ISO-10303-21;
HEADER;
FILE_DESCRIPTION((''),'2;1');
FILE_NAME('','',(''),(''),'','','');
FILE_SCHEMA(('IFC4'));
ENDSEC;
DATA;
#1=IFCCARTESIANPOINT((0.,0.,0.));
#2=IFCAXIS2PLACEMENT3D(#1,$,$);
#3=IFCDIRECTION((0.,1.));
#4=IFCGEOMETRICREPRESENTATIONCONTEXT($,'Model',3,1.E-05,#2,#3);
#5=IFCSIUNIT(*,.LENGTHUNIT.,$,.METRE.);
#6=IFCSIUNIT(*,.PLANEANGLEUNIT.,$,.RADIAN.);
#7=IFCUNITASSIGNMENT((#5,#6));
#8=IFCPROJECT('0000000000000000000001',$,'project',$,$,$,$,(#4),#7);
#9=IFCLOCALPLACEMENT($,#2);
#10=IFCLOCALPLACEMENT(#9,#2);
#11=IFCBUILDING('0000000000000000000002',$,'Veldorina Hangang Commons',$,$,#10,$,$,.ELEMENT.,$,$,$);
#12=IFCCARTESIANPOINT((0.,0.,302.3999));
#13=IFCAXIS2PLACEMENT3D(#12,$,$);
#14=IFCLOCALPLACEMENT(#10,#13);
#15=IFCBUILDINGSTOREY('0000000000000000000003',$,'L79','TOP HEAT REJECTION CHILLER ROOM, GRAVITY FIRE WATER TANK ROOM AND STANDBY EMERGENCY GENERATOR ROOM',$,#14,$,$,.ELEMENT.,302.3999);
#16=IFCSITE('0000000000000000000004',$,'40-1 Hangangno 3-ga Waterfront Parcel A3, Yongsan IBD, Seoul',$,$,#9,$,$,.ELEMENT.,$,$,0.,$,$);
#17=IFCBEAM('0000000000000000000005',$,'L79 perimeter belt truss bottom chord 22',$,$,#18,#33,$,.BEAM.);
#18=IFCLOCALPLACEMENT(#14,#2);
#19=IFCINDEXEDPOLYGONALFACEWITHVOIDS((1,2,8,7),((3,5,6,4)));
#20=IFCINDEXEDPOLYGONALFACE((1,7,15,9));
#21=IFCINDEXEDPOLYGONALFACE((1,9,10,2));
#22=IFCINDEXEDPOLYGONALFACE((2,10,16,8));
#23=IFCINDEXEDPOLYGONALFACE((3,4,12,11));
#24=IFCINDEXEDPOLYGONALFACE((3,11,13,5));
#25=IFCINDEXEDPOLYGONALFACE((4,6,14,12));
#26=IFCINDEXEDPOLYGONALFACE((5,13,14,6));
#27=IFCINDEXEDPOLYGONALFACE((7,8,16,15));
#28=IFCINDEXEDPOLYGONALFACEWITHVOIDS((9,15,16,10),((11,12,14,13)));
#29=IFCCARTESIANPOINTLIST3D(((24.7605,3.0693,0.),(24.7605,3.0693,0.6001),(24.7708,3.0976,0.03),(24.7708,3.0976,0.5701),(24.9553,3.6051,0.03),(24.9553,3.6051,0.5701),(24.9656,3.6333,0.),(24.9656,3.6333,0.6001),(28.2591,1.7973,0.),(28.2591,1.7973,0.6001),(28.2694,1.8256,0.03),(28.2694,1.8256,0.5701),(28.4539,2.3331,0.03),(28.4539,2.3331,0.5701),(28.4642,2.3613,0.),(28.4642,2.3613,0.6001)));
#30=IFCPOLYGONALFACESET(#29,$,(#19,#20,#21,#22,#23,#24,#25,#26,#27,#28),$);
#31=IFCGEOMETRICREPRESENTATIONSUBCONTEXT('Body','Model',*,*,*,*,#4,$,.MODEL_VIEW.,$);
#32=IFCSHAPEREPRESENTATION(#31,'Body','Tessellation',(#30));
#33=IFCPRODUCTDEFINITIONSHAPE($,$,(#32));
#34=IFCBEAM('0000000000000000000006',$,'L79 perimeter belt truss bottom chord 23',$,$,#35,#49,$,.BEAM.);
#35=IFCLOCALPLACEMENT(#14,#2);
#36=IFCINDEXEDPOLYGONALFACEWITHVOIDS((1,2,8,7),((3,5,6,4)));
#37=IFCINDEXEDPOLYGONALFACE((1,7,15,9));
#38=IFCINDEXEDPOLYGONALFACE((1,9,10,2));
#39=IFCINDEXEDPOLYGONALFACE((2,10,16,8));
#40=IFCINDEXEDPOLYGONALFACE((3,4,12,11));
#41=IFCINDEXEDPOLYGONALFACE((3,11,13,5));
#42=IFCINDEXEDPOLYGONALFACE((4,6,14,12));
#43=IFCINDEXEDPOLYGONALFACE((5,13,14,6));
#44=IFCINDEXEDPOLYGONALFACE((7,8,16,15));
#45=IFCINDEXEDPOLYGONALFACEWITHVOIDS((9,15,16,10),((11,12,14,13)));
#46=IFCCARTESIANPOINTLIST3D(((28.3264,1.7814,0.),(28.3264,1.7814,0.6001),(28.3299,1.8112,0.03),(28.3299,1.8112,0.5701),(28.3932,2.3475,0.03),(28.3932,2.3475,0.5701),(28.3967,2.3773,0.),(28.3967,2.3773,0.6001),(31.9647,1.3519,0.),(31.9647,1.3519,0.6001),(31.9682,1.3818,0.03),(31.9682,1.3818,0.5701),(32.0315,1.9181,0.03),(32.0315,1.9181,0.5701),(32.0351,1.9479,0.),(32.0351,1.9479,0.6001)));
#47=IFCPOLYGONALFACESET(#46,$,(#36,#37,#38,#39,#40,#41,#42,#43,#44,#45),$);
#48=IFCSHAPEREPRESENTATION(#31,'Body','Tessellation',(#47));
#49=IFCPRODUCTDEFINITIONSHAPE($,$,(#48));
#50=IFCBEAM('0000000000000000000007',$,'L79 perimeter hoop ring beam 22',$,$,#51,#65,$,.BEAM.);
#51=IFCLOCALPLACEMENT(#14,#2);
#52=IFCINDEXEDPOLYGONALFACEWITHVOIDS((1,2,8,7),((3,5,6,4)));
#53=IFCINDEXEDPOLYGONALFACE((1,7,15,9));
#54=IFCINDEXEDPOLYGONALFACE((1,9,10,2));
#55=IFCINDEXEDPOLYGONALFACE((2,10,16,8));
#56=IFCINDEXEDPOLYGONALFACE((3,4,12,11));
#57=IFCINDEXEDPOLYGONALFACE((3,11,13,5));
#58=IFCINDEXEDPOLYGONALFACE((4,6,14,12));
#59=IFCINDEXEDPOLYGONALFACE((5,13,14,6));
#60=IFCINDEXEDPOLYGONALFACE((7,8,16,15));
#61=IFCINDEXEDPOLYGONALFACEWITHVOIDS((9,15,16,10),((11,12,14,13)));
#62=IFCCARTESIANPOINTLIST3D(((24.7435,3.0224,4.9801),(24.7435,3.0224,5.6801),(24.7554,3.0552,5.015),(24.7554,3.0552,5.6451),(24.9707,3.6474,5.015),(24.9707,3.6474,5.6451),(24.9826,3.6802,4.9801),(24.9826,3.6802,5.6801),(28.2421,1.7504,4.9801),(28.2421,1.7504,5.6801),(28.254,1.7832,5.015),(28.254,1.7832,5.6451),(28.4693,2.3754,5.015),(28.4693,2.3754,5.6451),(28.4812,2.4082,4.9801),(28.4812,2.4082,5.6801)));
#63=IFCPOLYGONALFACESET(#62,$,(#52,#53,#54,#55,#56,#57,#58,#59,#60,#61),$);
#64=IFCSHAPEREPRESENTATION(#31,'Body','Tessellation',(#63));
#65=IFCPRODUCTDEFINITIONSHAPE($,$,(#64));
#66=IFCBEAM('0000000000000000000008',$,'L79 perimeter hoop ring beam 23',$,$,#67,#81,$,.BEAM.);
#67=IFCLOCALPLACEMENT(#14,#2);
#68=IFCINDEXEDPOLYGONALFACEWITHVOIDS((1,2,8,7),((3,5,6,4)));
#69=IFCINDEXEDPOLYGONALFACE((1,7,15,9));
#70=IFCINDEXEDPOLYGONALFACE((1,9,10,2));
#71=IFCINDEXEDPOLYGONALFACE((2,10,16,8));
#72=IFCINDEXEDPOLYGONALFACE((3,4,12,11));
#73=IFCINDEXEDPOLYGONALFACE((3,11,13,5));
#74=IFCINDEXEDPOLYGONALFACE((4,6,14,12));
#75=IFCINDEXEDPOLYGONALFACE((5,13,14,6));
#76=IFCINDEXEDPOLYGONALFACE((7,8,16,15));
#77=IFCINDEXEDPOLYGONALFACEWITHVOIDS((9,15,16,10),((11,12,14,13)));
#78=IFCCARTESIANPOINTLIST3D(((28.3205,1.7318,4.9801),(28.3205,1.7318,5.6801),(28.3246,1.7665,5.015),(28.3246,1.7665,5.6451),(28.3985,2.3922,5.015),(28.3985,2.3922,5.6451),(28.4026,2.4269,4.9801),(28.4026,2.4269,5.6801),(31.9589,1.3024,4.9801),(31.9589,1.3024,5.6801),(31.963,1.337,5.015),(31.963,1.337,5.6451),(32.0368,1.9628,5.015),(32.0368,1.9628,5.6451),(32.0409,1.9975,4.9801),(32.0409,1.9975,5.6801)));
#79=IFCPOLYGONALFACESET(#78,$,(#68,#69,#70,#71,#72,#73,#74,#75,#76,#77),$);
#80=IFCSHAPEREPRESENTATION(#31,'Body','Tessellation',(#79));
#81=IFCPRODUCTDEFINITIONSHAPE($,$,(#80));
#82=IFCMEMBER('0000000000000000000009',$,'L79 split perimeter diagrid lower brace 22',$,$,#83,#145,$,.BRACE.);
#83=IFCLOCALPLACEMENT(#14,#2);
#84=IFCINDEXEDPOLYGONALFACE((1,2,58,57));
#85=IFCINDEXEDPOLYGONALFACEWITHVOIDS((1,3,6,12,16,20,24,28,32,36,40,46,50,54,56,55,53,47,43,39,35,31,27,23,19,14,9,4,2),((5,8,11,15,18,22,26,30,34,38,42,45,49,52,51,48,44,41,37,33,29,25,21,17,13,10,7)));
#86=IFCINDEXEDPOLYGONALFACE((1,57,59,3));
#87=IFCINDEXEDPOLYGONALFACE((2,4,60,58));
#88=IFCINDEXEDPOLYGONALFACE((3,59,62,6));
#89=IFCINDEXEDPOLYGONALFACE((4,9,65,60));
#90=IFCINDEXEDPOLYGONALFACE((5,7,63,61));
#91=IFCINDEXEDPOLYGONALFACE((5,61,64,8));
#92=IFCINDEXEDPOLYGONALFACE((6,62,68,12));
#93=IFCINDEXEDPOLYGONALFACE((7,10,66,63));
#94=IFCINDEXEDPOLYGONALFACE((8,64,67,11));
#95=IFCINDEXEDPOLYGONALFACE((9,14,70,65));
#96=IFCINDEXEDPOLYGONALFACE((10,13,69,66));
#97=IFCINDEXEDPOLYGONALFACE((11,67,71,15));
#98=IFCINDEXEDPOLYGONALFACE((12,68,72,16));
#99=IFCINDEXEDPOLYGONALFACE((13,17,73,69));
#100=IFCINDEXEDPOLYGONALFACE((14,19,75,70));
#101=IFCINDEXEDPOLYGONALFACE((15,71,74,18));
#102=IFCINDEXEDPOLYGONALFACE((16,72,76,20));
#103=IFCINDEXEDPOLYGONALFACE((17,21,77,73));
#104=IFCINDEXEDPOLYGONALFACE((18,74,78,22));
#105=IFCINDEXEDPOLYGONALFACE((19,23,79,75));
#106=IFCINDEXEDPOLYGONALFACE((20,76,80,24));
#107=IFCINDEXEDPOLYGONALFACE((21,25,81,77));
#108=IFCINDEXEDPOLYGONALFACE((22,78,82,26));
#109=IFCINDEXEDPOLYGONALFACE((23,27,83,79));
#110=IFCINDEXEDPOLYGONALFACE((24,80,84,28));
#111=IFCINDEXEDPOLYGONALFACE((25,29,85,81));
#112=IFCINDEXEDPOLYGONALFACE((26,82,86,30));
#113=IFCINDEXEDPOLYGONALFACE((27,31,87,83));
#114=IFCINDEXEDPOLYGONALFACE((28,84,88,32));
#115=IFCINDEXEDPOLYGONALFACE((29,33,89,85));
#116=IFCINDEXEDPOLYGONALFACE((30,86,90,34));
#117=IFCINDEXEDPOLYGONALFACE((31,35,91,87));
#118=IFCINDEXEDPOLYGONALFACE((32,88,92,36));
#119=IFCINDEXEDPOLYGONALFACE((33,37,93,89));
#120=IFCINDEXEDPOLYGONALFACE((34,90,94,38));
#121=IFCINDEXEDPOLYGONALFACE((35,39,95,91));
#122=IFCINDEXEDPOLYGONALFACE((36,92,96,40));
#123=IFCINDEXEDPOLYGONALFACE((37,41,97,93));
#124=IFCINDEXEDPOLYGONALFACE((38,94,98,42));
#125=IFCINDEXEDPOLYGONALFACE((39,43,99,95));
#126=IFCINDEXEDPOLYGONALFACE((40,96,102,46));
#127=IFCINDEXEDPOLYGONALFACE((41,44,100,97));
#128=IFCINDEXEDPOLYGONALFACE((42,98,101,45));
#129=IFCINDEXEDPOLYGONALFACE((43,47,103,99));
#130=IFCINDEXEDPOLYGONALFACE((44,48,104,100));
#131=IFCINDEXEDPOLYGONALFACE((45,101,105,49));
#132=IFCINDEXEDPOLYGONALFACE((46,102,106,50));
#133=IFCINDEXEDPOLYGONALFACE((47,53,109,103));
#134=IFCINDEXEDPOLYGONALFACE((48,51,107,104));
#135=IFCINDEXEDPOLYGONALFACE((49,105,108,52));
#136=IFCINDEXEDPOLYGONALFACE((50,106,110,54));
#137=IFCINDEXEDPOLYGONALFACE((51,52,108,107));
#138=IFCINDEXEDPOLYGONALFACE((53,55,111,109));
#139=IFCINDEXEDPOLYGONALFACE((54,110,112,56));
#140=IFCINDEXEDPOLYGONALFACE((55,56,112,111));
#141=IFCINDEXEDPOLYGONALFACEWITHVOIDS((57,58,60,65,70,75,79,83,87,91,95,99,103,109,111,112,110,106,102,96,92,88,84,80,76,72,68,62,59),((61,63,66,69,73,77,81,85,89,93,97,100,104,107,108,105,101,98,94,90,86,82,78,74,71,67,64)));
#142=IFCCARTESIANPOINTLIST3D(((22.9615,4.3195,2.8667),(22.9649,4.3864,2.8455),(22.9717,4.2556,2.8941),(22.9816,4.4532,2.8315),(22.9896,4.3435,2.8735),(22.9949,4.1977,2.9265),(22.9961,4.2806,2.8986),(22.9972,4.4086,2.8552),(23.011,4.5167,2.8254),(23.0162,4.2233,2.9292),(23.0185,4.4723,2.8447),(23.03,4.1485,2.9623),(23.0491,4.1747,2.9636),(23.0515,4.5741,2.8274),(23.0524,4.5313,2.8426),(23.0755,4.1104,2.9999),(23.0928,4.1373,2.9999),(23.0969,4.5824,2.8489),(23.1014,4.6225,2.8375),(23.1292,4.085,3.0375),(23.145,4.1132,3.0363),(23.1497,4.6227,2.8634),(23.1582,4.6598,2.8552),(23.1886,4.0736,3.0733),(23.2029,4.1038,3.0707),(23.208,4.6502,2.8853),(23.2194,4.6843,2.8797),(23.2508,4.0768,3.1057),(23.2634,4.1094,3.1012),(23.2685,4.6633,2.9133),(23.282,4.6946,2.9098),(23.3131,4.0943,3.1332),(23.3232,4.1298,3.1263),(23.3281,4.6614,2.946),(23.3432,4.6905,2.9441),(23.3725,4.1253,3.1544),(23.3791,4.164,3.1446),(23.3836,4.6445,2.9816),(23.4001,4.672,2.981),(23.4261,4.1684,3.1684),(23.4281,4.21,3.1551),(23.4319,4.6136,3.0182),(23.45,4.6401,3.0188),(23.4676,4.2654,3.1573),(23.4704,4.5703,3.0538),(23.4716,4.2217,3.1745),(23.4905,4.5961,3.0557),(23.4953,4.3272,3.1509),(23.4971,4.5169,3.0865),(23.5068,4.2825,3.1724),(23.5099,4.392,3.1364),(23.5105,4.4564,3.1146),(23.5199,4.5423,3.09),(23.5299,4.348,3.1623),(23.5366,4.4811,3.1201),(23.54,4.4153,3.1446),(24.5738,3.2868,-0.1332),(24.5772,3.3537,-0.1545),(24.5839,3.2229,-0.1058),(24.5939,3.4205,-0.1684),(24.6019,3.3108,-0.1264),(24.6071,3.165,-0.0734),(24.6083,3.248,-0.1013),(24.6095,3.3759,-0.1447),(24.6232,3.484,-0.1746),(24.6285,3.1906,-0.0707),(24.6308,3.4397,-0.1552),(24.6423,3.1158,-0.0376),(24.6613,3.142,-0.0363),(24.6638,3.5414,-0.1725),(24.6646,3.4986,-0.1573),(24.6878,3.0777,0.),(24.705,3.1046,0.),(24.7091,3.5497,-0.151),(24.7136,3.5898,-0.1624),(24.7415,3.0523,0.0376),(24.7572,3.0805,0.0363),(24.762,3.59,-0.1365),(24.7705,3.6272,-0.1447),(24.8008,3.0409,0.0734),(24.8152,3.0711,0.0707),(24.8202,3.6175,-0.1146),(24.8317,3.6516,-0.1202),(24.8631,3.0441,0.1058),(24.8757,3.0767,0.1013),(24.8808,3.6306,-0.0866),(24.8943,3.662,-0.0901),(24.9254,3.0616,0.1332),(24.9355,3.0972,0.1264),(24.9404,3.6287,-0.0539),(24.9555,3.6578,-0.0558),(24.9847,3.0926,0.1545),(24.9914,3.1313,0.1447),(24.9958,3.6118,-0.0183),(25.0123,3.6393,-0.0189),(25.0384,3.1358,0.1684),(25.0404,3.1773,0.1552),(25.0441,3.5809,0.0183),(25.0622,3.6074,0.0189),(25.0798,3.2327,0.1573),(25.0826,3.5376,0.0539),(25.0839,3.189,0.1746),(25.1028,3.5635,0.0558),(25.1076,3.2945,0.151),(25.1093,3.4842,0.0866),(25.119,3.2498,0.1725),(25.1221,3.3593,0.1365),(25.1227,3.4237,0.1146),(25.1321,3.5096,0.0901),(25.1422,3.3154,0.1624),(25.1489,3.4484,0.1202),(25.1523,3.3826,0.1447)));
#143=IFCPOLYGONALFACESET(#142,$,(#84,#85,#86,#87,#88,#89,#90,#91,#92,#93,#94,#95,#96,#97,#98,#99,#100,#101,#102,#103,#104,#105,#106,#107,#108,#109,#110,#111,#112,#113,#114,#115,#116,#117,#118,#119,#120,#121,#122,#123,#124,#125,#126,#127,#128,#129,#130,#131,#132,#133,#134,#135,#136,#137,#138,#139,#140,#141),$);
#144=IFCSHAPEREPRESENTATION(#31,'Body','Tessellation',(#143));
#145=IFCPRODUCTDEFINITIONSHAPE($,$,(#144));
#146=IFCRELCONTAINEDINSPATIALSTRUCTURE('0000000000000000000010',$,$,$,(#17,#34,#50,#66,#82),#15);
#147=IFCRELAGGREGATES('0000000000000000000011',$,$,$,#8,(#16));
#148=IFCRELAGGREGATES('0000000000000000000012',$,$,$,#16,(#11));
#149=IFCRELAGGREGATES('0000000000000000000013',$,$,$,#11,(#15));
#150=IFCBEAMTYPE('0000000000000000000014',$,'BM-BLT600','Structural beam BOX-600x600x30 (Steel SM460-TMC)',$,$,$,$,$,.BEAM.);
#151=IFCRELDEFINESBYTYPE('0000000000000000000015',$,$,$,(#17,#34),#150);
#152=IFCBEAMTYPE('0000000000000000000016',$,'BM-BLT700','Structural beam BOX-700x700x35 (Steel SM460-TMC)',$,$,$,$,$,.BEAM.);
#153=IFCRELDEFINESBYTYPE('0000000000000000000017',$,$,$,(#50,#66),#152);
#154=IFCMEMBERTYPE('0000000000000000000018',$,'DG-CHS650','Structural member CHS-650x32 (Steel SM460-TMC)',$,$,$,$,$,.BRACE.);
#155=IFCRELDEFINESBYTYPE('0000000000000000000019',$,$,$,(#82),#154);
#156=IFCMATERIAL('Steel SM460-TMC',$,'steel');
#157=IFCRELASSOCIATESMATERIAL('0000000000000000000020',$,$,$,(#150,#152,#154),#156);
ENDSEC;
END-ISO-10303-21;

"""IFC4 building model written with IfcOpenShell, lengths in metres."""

from ifc_helpers import new_model, si_unit, direction, frame, origin, origin_2d, place, context, subcontext, project, spatial, hollow_rectangle, hollow_circle, extrude, material, material_profile, profile_set, type_object, element, save


model = new_model("IFC4")

# Units and contexts
model_context = context("Model", 3, precision=1e-05, world=origin(), true_north=direction((0.0, 1.0)))
body_context = subcontext(model_context, "Body", "Model", "MODEL_VIEW")
ifc_project = project(units=[si_unit("LENGTHUNIT", "METRE"), si_unit("PLANEANGLEUNIT", "RADIAN")], contexts=[model_context])

# Site, building, storey
site_placement = place(None, origin())
site = spatial("IfcSite", under=ifc_project, at=site_placement, Name="40-1 Hangangno 3-ga Waterfront Parcel A3, Yongsan IBD, Seoul", CompositionType="ELEMENT", RefElevation=0.0)
building_placement = place(site_placement, origin())
building = spatial("IfcBuilding", under=site, at=building_placement, Name="Veldorina Hangang Commons", CompositionType="ELEMENT")
storey_placement = place(building_placement, frame((0.0, 0.0, 302.3999)))
storey = spatial("IfcBuildingStorey", under=building, at=storey_placement, Name="L79", Description="TOP HEAT REJECTION CHILLER ROOM, GRAVITY FIRE WATER TANK ROOM AND STANDBY EMERGENCY GENERATOR ROOM", CompositionType="ELEMENT", Elevation=302.3999)

# Beams
ifc_material_1 = material(Name="Steel SM460-TMC", Category="steel")
ifc_material_profile_1 = material_profile(ifc_material_1, hollow_rectangle(XDim=0.6001, YDim=0.6001, WallThickness=0.03, at=origin_2d()), Name="BOX-600x600x30")
ifc_profile_set_1 = profile_set([ifc_material_profile_1], Name="Steel SM460-TMC")
beam_type_1 = type_object("IfcBeamType", Name="BM-BLT600", Description="Structural beam BOX-600x600x30 (Steel SM460-TMC)", PredefinedType="BEAM", material=ifc_profile_set_1)
beam_1_placement = place(storey_placement, frame((24.863, 3.3513, 0.3), z_axis=(0.939813, -0.34169, 0.0), x_axis=(0.34169, 0.939813, 0.0)))
element("IfcBeam", 1, at=beam_1_placement, inside=storey, type_object=beam_type_1, Name="L79 perimeter belt truss bottom chord 22", PredefinedType="BEAM", context=body_context, shape_type="SweptSolid", body=[
    extrude(hollow_rectangle(XDim=0.6001, YDim=0.6001, WallThickness=0.03, at=origin_2d()), origin(), (0.0, 0.0, 1.0), 3.7227),
])
beam_2_placement = place(storey_placement, frame((28.3616, 2.0793, 0.3), z_axis=(0.993106, -0.117216, 0.0), x_axis=(0.117216, 0.993106, 0.0)))
element("IfcBeam", 2, at=beam_2_placement, inside=storey, type_object=beam_type_1, Name="L79 perimeter belt truss bottom chord 23", PredefinedType="BEAM", context=body_context, shape_type="SweptSolid", body=[
    extrude(hollow_rectangle(XDim=0.6001, YDim=0.6001, WallThickness=0.03, at=origin_2d()), origin(), (0.0, 0.0, 1.0), 3.6636),
])
ifc_material_profile_2 = material_profile(ifc_material_1, hollow_rectangle(XDim=0.7, YDim=0.7, WallThickness=0.0349, at=origin_2d()), Name="BOX-700x700x35")
ifc_profile_set_2 = profile_set([ifc_material_profile_2], Name="Steel SM460-TMC")
beam_type_2 = type_object("IfcBeamType", Name="BM-BLT700", Description="Structural beam BOX-700x700x35 (Steel SM460-TMC)", PredefinedType="BEAM", material=ifc_profile_set_2)
beam_3_placement = place(storey_placement, frame((24.863, 3.3513, 5.3301), z_axis=(0.939813, -0.34169, 0.0), x_axis=(0.34169, 0.939813, 0.0)))
element("IfcBeam", 3, at=beam_3_placement, inside=storey, type_object=beam_type_2, Name="L79 perimeter hoop ring beam 22", PredefinedType="BEAM", context=body_context, shape_type="SweptSolid", body=[
    extrude(hollow_rectangle(XDim=0.7, YDim=0.7, WallThickness=0.0349, at=origin_2d()), origin(), (0.0, 0.0, 1.0), 3.7227),
])
beam_4_placement = place(storey_placement, frame((28.3616, 2.0793, 5.3301), z_axis=(0.993106, -0.117216, 0.0), x_axis=(0.117216, 0.993106, 0.0)))
element("IfcBeam", 4, at=beam_4_placement, inside=storey, type_object=beam_type_2, Name="L79 perimeter hoop ring beam 23", PredefinedType="BEAM", context=body_context, shape_type="SweptSolid", body=[
    extrude(hollow_rectangle(XDim=0.7, YDim=0.7, WallThickness=0.0349, at=origin_2d()), origin(), (0.0, 0.0, 1.0), 3.6636),
])

# Member
ifc_material_profile_3 = material_profile(ifc_material_1, hollow_circle(Radius=0.325, WallThickness=0.032, at=origin_2d()), Name="CHS-650x32")
ifc_profile_set_3 = profile_set([ifc_material_profile_3], Name="Steel SM460-TMC")
member_type_1 = type_object("IfcMemberType", Name="DG-CHS650", Description="Structural member CHS-650x32 (Steel SM460-TMC)", PredefinedType="BRACE", material=ifc_profile_set_3)
for number, where, z_axis, x_axis, name in (
    (5, (24.863, 3.3513, 0.0), (-0.45303, 0.290175, 0.842949), (-0.539365, -0.842072, 0.0), "L79 split perimeter diagrid lower brace 22"),
):
    element("IfcMember", number, at=place(storey_placement, frame(where, z_axis=z_axis, x_axis=x_axis)), inside=storey, type_object=member_type_1, Name=name, PredefinedType="BRACE", context=body_context, shape_type="SweptSolid", body=[
        extrude(hollow_circle(Radius=0.325, WallThickness=0.032, at=origin_2d()), origin(), (0.0, 0.0, 1.0), 3.5588),
    ])

save(model, "model.ifc")
